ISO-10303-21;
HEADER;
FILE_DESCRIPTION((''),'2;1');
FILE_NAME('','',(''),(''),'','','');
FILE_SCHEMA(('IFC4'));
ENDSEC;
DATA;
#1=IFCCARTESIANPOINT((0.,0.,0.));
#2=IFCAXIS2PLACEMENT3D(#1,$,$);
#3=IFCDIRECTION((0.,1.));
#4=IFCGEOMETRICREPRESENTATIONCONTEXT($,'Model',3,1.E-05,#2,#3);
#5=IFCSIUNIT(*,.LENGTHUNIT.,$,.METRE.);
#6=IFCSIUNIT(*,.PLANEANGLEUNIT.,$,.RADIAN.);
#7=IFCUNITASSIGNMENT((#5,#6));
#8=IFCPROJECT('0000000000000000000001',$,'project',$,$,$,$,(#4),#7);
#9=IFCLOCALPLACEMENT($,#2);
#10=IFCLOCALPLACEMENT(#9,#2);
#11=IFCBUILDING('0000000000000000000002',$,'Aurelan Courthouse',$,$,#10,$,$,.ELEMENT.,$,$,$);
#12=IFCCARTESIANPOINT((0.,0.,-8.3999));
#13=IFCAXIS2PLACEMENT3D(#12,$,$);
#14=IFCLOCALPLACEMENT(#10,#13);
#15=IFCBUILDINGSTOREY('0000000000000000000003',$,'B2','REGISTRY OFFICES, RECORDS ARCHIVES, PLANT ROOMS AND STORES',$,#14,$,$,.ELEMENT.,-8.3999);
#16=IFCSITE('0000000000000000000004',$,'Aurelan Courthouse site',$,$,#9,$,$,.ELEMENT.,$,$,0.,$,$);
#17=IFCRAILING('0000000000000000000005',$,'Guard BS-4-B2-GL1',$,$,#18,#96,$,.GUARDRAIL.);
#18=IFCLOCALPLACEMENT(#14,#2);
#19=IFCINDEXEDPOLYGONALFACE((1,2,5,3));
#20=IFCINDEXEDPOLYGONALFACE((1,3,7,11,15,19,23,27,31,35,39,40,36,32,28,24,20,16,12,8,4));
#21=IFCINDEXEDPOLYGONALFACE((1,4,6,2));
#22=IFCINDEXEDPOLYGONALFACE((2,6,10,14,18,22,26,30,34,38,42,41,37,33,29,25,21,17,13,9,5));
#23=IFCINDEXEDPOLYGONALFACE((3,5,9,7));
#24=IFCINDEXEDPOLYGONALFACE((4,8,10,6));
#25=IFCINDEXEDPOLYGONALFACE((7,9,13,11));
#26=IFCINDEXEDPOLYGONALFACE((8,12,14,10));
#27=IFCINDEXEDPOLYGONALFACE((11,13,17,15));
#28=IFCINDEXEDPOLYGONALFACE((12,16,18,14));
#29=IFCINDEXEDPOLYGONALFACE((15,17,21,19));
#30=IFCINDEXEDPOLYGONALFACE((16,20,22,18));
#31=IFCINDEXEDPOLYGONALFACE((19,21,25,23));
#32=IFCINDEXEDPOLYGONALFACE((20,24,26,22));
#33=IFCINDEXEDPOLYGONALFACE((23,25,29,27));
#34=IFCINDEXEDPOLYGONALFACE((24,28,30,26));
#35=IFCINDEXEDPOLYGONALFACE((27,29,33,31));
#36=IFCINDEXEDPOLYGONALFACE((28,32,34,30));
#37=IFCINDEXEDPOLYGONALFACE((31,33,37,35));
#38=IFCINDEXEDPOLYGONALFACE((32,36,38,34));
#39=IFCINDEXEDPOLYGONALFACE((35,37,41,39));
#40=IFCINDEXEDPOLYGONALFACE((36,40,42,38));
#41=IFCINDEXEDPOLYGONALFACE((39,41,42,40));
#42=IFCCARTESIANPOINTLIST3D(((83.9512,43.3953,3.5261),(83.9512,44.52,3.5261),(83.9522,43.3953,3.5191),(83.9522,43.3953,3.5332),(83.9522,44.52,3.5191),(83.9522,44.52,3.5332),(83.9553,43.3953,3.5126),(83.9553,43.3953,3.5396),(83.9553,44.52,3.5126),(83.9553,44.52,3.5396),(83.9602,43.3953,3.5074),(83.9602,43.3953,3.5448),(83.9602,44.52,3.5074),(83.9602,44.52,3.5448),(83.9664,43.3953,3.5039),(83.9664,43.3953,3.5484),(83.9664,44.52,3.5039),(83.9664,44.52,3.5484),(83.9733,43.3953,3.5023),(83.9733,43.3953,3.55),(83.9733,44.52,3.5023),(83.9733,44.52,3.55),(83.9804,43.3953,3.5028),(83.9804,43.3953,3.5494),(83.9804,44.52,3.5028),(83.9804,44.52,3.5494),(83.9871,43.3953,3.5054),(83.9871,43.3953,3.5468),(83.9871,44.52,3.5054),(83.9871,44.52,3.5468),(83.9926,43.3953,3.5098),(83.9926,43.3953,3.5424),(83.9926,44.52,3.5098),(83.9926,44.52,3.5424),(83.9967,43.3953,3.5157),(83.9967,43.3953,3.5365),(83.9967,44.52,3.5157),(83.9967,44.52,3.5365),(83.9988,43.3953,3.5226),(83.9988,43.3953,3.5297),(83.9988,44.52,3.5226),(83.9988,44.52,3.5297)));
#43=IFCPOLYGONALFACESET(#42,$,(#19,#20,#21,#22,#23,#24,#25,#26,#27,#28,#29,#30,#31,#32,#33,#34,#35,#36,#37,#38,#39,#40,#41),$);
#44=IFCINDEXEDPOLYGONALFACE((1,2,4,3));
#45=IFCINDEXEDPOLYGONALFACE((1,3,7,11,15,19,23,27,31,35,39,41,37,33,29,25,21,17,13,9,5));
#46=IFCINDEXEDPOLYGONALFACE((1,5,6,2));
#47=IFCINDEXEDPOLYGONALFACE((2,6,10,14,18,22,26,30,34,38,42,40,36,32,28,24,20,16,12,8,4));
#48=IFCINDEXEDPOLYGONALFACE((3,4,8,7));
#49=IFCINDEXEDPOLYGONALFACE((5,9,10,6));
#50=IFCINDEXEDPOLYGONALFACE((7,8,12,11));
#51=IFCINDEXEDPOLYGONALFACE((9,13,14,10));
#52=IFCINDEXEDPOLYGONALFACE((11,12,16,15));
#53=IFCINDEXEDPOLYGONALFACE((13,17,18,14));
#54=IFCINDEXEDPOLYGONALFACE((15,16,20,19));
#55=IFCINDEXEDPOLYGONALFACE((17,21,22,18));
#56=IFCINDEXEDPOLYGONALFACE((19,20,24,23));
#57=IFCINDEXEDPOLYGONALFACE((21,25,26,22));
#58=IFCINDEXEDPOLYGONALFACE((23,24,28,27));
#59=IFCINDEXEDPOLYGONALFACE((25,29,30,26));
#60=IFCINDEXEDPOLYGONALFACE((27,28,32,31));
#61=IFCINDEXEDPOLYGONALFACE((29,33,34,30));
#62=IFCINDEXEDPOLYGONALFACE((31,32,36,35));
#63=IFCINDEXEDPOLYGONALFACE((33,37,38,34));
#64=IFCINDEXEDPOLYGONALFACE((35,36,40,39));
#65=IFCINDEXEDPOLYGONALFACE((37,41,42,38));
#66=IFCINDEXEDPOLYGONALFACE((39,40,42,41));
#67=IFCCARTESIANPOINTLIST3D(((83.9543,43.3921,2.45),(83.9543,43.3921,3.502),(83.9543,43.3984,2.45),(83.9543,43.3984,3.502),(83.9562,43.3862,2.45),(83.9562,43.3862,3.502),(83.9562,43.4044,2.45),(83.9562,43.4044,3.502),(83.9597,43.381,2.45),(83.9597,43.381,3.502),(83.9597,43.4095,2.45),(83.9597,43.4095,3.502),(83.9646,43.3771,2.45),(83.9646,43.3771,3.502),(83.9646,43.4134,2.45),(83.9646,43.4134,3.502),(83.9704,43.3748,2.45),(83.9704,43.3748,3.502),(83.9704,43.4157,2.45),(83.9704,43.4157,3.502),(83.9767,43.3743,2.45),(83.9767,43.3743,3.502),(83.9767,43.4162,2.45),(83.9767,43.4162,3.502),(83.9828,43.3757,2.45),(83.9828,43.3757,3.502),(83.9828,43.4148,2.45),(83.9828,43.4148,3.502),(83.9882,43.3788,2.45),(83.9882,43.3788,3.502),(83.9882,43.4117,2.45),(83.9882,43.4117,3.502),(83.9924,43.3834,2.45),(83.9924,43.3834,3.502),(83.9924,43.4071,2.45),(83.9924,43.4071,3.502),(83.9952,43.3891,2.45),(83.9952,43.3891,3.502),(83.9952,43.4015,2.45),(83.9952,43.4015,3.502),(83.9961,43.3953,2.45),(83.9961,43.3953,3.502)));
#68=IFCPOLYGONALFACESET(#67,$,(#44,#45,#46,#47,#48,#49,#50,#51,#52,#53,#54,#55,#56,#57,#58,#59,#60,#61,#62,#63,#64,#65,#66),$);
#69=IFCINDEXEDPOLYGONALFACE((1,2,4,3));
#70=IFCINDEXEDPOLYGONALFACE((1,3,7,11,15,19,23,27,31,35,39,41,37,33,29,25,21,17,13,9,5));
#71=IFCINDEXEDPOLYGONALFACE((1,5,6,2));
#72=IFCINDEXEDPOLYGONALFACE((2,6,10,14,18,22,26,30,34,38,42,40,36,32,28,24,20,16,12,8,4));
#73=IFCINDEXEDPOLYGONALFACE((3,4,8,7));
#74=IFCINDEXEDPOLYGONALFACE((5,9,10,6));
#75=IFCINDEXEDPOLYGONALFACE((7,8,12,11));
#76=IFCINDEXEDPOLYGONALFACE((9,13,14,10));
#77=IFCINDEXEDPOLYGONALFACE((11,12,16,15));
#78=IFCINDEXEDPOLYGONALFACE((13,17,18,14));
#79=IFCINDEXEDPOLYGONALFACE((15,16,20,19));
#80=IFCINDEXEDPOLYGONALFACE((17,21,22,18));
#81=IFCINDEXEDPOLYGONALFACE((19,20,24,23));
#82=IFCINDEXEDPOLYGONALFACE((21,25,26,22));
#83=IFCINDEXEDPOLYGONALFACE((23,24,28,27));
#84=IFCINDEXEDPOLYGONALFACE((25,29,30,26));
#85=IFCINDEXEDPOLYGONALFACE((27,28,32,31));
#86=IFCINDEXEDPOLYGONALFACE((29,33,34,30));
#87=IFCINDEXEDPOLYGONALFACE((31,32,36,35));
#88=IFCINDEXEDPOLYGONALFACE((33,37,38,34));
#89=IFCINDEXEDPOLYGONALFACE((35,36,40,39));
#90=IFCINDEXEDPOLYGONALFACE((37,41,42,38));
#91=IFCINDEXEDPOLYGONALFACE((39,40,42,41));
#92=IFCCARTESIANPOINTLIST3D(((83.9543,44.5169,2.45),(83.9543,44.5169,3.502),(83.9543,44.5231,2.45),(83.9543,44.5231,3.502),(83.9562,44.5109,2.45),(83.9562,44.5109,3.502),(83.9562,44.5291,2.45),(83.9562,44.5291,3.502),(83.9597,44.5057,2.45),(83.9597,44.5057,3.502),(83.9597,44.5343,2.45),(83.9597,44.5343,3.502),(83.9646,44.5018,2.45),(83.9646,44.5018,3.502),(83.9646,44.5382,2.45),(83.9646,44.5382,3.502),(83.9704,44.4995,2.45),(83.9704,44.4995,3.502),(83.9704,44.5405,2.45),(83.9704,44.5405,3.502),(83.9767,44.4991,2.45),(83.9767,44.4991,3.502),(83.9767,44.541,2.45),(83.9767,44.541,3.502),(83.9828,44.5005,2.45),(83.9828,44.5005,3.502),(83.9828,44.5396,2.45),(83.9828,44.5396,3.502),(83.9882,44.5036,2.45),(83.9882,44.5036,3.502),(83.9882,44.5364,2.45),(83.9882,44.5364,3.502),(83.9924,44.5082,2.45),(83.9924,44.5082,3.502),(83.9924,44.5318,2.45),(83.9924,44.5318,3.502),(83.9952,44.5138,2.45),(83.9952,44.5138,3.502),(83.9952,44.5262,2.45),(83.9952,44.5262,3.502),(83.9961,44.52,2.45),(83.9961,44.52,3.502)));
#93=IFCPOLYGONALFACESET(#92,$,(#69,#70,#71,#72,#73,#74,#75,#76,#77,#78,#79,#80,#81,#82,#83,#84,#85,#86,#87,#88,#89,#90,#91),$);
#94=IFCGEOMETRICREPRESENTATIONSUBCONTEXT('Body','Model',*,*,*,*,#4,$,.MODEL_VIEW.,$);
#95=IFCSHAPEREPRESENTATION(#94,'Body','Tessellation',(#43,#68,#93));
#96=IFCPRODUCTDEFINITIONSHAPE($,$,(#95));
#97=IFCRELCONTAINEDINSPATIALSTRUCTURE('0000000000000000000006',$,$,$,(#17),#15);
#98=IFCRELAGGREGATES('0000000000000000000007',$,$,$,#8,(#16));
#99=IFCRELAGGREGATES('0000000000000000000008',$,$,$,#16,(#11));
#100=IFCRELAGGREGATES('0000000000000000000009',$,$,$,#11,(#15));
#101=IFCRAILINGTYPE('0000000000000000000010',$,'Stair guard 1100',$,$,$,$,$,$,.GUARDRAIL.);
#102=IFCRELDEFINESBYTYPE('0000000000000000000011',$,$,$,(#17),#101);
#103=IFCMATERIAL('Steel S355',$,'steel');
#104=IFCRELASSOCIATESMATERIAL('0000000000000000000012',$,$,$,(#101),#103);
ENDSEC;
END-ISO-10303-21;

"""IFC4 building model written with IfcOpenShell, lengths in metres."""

from ifc_helpers import new_model, si_unit, direction, frame, origin, origin_2d, place, context, subcontext, project, spatial, circle, extrude, material, type_object, element, save


model = new_model("IFC4")

# Units and contexts
model_context = context("Model", 3, precision=1e-05, world=origin(), true_north=direction((0.0, 1.0)))
body_context = subcontext(model_context, "Body", "Model", "MODEL_VIEW")
ifc_project = project(units=[si_unit("LENGTHUNIT", "METRE"), si_unit("PLANEANGLEUNIT", "RADIAN")], contexts=[model_context])

# Site, building, storey
site_placement = place(None, origin())
site = spatial("IfcSite", under=ifc_project, at=site_placement, Name="Aurelan Courthouse site", CompositionType="ELEMENT", RefElevation=0.0)
building_placement = place(site_placement, origin())
building = spatial("IfcBuilding", under=site, at=building_placement, Name="Aurelan Courthouse", CompositionType="ELEMENT")
storey_placement = place(building_placement, frame((0.0, 0.0, -8.3999)))
storey = spatial("IfcBuildingStorey", under=building, at=storey_placement, Name="B2", Description="REGISTRY OFFICES, RECORDS ARCHIVES, PLANT ROOMS AND STORES", CompositionType="ELEMENT", Elevation=-8.3999)

# Railing
ifc_material_1 = material(Name="Steel S355", Category="steel")
railing_type_1 = type_object("IfcRailingType", Name="Stair guard 1100", PredefinedType="GUARDRAIL", material=ifc_material_1)
railing_1_placement = place(storey_placement, frame((83.9751, 43.3953, 2.45)))
element("IfcRailing", 1, at=railing_1_placement, inside=storey, type_object=railing_type_1, Name="Guard BS-4-B2-GL1", PredefinedType="GUARDRAIL", context=body_context, shape_type="SweptSolid", body=[
    extrude(circle(Radius=0.0239, at=origin_2d()), frame((0.0, 0.0, 1.0762), z_axis=(0.0, 1.0, 0.0), x_axis=(-1.0, 0.0, 0.0)), (0.0, 0.0, 1.0), 1.1248),
    extrude(circle(Radius=0.021, at=origin_2d()), origin(), (0.0, 0.0, 1.0), 1.052),
    extrude(circle(Radius=0.021, at=origin_2d()), frame((0.0, 1.1248, 0.0)), (0.0, 0.0, 1.0), 1.052),
])

save(model, "model.ifc")
